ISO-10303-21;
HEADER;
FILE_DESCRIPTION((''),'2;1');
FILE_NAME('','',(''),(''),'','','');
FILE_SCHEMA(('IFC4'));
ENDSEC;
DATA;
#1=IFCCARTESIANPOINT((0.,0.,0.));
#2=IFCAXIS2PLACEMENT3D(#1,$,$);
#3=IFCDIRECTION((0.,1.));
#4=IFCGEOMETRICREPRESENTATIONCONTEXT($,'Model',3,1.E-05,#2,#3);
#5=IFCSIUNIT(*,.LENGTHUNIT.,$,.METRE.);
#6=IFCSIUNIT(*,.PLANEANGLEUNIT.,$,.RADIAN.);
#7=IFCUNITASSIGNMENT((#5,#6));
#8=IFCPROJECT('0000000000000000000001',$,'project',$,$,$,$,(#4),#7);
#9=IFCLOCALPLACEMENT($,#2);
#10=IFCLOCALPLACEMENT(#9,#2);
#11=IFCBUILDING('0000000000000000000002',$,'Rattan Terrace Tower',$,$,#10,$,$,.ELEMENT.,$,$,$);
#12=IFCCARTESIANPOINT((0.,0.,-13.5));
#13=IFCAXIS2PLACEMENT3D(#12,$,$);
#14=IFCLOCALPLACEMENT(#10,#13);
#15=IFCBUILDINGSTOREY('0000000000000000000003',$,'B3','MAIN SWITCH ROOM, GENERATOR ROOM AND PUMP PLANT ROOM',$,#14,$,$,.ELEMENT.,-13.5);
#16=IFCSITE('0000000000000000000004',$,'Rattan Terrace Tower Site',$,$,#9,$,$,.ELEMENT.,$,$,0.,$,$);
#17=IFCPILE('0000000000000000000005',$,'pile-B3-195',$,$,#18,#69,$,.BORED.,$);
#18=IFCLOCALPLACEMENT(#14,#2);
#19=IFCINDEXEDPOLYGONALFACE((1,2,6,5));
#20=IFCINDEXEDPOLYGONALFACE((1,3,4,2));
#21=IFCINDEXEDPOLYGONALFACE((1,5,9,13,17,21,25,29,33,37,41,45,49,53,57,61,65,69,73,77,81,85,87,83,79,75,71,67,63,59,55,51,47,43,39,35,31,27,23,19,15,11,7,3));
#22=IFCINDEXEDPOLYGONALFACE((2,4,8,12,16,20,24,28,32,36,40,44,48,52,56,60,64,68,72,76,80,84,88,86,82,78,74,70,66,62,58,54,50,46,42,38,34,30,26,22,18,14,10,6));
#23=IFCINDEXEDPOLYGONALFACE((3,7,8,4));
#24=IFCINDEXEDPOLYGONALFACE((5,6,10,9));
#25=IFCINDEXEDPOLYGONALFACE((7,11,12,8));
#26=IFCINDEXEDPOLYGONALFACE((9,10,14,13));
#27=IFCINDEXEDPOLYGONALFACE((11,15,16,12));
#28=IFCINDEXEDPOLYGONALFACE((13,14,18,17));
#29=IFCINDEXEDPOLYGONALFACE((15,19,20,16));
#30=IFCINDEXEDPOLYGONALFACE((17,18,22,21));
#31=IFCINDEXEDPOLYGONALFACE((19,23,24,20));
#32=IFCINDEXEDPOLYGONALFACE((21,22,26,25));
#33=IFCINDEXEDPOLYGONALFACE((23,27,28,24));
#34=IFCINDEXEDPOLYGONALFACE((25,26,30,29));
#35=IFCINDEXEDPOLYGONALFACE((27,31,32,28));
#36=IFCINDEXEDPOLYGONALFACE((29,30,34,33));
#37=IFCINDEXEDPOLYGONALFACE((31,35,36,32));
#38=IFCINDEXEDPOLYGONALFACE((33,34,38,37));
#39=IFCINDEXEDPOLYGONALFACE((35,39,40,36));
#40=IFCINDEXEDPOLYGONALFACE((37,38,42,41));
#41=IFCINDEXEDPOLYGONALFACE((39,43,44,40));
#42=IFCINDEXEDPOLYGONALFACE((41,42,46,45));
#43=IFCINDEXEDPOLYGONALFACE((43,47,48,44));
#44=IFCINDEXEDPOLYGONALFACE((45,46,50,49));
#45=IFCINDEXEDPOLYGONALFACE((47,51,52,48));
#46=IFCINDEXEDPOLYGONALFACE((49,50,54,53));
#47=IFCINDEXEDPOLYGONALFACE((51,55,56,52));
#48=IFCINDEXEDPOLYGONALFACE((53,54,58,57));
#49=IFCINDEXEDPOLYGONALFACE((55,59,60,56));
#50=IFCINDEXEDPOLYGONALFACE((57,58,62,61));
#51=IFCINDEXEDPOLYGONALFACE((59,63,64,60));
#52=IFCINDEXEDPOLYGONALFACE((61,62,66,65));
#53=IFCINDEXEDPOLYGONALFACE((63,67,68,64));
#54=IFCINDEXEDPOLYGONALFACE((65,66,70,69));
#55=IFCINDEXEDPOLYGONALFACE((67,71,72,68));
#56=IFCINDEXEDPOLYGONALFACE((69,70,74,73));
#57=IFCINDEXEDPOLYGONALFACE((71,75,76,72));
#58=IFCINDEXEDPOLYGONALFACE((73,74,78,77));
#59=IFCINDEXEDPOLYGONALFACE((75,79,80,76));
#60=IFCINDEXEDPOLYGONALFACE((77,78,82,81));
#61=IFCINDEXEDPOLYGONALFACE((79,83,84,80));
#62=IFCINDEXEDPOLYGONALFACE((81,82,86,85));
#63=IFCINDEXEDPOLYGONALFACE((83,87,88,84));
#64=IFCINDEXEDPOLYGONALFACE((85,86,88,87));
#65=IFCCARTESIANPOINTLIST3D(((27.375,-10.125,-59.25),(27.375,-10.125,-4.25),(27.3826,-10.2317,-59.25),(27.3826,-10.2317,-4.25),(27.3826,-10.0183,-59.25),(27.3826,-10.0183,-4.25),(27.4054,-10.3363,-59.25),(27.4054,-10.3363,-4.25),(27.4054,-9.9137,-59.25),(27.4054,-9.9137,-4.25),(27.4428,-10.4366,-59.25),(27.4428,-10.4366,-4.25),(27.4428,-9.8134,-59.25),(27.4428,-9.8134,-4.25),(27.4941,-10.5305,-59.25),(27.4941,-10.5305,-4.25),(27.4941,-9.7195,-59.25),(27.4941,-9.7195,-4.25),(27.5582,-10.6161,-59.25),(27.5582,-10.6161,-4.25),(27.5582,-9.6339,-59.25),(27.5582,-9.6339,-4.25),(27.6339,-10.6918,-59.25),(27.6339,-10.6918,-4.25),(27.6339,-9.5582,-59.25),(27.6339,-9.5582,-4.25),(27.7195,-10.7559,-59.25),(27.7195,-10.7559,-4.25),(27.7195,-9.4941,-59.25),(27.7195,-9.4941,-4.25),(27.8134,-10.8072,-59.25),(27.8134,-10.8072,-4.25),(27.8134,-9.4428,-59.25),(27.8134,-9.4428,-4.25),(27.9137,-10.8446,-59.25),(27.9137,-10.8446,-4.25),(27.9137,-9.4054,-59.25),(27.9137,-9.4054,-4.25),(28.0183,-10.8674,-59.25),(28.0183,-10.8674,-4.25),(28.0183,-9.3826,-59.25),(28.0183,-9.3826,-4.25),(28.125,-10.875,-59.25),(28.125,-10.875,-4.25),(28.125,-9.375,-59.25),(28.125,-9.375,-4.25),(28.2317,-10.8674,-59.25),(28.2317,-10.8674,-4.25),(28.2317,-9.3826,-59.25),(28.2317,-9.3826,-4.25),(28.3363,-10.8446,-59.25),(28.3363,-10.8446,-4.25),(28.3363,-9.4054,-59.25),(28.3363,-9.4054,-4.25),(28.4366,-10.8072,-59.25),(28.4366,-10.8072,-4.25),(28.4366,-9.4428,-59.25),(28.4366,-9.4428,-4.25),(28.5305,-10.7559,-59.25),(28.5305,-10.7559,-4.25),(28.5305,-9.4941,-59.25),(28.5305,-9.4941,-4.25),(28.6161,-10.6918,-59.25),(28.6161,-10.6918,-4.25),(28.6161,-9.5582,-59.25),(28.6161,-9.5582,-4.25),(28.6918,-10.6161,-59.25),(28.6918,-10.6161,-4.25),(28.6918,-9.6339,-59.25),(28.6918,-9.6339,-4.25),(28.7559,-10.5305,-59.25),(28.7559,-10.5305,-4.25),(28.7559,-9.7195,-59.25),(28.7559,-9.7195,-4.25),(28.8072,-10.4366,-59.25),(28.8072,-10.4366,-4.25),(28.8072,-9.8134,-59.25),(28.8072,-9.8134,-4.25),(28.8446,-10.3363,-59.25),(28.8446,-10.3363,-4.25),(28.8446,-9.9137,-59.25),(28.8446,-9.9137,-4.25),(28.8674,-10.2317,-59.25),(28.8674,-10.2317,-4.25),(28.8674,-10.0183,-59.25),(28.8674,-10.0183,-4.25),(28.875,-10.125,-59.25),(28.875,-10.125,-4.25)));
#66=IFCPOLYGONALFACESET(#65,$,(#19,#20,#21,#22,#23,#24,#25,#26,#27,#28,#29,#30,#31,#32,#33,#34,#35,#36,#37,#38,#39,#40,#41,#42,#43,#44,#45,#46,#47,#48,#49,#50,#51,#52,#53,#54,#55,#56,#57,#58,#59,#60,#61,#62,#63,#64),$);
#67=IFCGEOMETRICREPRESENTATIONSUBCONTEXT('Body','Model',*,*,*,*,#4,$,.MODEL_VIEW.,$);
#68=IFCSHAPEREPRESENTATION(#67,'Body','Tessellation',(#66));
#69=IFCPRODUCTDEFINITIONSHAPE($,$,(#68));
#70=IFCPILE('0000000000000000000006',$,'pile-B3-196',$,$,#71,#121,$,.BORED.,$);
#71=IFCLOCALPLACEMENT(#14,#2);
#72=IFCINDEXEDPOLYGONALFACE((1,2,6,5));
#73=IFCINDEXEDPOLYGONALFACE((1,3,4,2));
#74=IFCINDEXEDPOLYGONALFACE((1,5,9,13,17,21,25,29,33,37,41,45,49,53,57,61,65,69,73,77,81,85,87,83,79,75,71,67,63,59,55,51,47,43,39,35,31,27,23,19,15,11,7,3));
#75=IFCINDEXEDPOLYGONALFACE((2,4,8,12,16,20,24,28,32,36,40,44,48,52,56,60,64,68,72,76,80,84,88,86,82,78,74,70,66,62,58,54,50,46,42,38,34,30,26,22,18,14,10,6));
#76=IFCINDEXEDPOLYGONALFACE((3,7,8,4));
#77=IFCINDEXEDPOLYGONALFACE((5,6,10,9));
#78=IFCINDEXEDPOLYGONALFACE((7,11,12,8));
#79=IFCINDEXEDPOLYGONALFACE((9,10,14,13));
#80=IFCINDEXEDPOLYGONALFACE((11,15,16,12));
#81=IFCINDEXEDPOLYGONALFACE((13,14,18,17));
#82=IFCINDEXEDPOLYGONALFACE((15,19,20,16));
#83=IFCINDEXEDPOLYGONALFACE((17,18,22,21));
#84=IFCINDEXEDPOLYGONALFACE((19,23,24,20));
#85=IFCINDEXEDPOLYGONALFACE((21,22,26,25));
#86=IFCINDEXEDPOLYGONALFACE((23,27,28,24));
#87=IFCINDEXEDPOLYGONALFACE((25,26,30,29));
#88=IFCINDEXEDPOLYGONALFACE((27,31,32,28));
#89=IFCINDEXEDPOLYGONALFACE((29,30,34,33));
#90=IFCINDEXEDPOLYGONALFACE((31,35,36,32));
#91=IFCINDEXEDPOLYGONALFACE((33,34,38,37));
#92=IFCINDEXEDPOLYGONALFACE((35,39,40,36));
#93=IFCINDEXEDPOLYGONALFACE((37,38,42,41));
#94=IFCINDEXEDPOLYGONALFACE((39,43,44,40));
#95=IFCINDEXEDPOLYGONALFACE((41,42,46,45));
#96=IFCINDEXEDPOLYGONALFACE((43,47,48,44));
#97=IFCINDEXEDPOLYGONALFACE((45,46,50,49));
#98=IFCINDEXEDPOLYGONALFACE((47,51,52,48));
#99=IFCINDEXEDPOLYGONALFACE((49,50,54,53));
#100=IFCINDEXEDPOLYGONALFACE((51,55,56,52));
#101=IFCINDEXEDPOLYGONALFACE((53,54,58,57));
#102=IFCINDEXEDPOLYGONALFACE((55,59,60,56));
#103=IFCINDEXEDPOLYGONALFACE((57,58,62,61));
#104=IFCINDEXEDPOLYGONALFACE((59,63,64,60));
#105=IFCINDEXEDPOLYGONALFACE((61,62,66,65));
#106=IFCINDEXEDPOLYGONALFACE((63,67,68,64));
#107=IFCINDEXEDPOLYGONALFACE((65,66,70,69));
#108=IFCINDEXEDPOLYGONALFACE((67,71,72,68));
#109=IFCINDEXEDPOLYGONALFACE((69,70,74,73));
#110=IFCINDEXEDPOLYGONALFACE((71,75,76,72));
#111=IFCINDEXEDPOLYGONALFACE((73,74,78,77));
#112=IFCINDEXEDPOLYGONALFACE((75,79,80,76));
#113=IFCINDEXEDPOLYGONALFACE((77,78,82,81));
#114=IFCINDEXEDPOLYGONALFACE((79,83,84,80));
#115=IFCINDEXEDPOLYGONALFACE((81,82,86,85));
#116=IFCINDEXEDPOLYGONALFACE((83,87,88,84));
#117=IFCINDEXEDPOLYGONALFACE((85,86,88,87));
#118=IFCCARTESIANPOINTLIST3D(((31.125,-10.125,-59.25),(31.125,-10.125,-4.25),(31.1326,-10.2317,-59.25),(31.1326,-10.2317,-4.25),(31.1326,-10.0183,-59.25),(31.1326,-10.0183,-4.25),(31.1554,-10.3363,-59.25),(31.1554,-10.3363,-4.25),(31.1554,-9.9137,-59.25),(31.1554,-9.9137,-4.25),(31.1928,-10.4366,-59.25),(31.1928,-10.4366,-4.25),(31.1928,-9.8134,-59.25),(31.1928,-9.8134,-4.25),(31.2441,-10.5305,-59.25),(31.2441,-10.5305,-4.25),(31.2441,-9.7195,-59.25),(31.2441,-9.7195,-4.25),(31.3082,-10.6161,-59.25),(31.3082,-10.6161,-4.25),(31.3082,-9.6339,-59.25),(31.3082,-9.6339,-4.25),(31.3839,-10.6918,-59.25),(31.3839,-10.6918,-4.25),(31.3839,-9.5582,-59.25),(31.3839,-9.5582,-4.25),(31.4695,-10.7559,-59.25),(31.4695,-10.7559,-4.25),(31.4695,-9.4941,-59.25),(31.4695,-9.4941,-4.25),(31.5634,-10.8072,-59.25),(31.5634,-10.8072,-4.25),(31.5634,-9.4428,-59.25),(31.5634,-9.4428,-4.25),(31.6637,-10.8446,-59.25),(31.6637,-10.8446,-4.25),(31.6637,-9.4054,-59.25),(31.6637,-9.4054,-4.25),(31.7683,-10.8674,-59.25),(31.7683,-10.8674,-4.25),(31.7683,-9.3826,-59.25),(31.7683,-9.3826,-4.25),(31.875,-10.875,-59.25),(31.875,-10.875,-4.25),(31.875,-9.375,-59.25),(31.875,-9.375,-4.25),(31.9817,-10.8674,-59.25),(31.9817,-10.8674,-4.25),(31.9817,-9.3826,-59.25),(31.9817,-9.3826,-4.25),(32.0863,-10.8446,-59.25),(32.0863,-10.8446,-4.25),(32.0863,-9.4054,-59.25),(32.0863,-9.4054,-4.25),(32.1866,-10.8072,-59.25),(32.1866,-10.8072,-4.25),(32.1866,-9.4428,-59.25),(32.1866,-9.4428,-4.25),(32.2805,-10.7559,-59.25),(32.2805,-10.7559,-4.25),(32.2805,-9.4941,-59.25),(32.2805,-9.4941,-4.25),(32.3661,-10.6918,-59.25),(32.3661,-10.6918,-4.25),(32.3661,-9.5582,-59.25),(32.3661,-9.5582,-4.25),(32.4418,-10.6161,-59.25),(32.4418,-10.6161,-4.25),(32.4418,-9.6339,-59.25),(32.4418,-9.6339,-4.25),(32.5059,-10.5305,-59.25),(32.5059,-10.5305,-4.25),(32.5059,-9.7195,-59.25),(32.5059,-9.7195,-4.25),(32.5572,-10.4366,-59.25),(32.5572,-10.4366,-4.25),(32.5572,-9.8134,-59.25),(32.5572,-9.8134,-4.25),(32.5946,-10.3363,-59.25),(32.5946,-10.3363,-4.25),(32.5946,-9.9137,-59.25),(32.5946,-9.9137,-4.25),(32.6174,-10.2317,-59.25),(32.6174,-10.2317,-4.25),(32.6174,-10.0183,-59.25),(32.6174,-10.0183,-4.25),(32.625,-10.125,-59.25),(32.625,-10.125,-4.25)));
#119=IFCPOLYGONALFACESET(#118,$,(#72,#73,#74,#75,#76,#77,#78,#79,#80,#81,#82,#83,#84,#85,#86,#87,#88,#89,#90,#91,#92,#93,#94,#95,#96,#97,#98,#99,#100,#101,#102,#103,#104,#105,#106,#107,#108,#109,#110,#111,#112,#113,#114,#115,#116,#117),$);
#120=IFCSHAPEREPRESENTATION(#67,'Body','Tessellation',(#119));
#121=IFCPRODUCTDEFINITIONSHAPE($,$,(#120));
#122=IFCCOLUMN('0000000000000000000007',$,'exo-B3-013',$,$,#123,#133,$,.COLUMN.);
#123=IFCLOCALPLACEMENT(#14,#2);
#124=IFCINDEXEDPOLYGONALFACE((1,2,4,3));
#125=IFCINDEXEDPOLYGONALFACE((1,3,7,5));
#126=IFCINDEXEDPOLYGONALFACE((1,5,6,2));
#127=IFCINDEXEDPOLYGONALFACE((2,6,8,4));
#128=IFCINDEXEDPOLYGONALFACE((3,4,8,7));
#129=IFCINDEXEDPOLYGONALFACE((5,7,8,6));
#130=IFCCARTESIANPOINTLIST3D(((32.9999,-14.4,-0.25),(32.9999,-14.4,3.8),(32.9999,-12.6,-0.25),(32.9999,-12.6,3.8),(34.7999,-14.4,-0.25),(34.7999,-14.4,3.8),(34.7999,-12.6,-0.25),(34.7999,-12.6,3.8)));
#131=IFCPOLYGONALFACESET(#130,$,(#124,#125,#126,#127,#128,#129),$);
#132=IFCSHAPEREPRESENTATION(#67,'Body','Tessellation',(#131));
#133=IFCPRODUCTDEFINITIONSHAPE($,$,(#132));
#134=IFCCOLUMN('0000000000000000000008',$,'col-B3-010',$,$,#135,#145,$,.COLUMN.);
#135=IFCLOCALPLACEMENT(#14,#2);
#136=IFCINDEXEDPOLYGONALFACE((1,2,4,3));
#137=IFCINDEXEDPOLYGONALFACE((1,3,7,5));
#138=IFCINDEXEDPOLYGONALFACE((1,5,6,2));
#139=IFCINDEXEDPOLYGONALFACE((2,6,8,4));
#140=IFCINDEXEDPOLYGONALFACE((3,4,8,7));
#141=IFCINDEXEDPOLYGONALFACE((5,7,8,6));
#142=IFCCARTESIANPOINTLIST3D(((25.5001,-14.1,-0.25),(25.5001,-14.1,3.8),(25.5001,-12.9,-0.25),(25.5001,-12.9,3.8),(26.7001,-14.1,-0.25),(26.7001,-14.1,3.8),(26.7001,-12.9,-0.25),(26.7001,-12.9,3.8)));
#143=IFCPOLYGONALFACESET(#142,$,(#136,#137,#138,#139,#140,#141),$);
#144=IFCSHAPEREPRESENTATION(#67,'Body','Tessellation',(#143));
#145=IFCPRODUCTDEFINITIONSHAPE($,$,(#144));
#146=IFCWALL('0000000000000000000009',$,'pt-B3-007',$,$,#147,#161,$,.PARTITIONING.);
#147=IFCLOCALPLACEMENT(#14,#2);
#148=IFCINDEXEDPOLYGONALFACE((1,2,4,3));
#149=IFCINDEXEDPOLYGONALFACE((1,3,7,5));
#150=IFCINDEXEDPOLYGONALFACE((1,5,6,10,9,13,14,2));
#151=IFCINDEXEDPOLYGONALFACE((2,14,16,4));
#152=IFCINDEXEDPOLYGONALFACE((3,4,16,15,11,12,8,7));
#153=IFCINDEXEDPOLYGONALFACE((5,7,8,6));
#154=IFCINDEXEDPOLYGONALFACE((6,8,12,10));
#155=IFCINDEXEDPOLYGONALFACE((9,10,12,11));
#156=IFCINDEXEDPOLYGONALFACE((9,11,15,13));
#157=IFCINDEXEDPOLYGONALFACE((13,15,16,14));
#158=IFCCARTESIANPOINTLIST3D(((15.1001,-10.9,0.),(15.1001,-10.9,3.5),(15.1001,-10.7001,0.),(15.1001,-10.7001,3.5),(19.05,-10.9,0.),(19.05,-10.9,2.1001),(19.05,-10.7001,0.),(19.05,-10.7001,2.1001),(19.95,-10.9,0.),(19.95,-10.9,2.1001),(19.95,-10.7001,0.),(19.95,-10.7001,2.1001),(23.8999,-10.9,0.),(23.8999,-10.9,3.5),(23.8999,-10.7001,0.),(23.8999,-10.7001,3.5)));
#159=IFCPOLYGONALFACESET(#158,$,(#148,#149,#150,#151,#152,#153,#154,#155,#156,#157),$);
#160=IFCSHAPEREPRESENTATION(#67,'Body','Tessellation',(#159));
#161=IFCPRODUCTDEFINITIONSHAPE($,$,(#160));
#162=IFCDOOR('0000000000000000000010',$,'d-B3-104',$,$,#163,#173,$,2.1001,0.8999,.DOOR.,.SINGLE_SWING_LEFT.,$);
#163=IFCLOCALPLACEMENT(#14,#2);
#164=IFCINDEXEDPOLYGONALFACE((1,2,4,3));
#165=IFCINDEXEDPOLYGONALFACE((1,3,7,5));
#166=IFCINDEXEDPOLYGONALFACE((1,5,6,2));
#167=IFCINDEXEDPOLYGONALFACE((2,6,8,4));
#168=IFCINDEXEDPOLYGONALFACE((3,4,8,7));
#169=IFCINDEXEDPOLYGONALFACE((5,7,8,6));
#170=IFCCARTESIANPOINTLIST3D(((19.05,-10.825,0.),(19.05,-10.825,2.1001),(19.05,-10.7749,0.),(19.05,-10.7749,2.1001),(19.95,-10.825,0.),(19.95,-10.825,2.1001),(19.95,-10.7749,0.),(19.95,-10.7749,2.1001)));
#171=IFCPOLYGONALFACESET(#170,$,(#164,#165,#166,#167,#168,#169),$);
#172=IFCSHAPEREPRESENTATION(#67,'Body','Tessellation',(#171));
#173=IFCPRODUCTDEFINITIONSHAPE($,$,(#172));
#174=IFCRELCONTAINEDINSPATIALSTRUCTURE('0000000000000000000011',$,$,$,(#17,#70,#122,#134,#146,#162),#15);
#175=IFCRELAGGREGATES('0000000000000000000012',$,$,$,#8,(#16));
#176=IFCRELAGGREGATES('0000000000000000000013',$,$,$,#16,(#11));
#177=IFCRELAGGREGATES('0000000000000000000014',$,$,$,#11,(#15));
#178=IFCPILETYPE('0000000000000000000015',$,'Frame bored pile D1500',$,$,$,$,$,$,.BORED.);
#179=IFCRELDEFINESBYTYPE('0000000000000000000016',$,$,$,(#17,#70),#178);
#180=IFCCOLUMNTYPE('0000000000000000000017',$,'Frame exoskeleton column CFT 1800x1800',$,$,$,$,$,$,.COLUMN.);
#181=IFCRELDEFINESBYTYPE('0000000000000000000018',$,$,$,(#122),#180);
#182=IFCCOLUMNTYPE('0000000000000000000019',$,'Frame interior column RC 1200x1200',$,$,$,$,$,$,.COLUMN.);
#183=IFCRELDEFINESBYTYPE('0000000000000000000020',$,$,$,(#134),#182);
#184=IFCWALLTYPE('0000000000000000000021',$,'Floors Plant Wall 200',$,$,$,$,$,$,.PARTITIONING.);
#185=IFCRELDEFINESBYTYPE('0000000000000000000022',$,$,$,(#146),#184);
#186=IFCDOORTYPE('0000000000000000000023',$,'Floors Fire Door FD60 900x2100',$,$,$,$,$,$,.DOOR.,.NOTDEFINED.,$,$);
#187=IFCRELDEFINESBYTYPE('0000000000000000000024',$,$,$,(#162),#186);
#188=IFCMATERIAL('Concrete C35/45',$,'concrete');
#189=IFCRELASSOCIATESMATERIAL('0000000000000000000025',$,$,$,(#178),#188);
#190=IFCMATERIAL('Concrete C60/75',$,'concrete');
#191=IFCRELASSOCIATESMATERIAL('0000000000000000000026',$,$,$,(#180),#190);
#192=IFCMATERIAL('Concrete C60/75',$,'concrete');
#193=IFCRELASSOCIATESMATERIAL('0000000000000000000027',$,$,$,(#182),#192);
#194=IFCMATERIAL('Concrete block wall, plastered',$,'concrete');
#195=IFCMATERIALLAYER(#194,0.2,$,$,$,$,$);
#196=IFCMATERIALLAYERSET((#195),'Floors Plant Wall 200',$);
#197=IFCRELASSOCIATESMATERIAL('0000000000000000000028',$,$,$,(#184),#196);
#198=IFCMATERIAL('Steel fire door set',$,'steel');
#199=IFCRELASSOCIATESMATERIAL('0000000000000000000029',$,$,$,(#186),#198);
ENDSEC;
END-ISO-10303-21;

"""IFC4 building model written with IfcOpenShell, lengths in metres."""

from ifc_helpers import new_model, si_unit, direction, frame, frame_2d, origin, origin_2d, place, context, subcontext, project, spatial, rectangle, circle, extrude, material, layer, layer_set, material_profile, profile_set, type_object, element, fill, save


model = new_model("IFC4")

# Units and contexts
model_context = context("Model", 3, precision=1e-05, world=origin(), true_north=direction((0.0, 1.0)))
body_context = subcontext(model_context, "Body", "Model", "MODEL_VIEW")
ifc_project = project(units=[si_unit("LENGTHUNIT", "METRE"), si_unit("PLANEANGLEUNIT", "RADIAN")], contexts=[model_context])

# Site, building, storey
site_placement = place(None, origin())
site = spatial("IfcSite", under=ifc_project, at=site_placement, Name="Rattan Terrace Tower Site", CompositionType="ELEMENT", RefElevation=0.0)
building_placement = place(site_placement, origin())
building = spatial("IfcBuilding", under=site, at=building_placement, Name="Rattan Terrace Tower", CompositionType="ELEMENT")
storey_placement = place(building_placement, frame((0.0, 0.0, -13.5)))
storey = spatial("IfcBuildingStorey", under=building, at=storey_placement, Name="B3", Description="MAIN SWITCH ROOM, GENERATOR ROOM AND PUMP PLANT ROOM", CompositionType="ELEMENT", Elevation=-13.5)

# Piles
ifc_material_1 = material(Name="Concrete C35/45", Category="concrete")
ifc_material_profile_1 = material_profile(ifc_material_1, circle(Radius=0.75, at=origin_2d()), Name="PILE D1500")
ifc_profile_set_1 = profile_set([ifc_material_profile_1], Name="Concrete C35/45")
pile_type = type_object("IfcPileType", Name="Frame bored pile D1500", PredefinedType="BORED", material=ifc_profile_set_1)
for number, where, z_axis, x_axis, name in (
    (1, (28.125, -10.125, -4.25), (0.0, 0.0, -1.0), (1.0, 0.0, 0.0), "pile-B3-195"),
    (2, (31.875, -10.125, -4.25), (0.0, 0.0, -1.0), (1.0, 0.0, 0.0), "pile-B3-196"),
):
    element("IfcPile", number, at=place(storey_placement, frame(where, z_axis=z_axis, x_axis=x_axis)), inside=storey, type_object=pile_type, Name=name, PredefinedType="BORED", context=body_context, shape_type="SweptSolid", body=[
        extrude(circle(Radius=0.75, at=origin_2d()), origin(), (0.0, 0.0, 1.0), 55.0),
    ])

# Columns
ifc_material_2 = material(Name="Concrete C60/75", Category="concrete")
ifc_material_profile_2 = material_profile(ifc_material_2, rectangle(XDim=1.8, YDim=1.8, at=origin_2d()), Name="CFT 1800x1800")
ifc_profile_set_2 = profile_set([ifc_material_profile_2], Name="Concrete C60/75")
column_type_1 = type_object("IfcColumnType", Name="Frame exoskeleton column CFT 1800x1800", PredefinedType="COLUMN", material=ifc_profile_set_2)
column_1_placement = place(storey_placement, frame((33.8999, -13.5, -0.25), z_axis=(0.0, 0.0, 1.0), x_axis=(0.0, 1.0, 0.0)))
element("IfcColumn", 3, at=column_1_placement, inside=storey, type_object=column_type_1, Name="exo-B3-013", PredefinedType="COLUMN", context=body_context, shape_type="SweptSolid", body=[
    extrude(rectangle(XDim=1.8, YDim=1.8, at=origin_2d()), origin(), (0.0, 0.0, 1.0), 4.05),
])
ifc_material_3 = material(Name="Concrete C60/75", Category="concrete")
ifc_material_profile_3 = material_profile(ifc_material_3, rectangle(XDim=1.2, YDim=1.2, at=origin_2d()), Name="RC 1200x1200")
ifc_profile_set_3 = profile_set([ifc_material_profile_3], Name="Concrete C60/75")
column_type_2 = type_object("IfcColumnType", Name="Frame interior column RC 1200x1200", PredefinedType="COLUMN", material=ifc_profile_set_3)
column_2_placement = place(storey_placement, frame((26.1001, -13.5, -0.25), z_axis=(0.0, 0.0, 1.0), x_axis=(1.0, 0.0, 0.0)))
element("IfcColumn", 4, at=column_2_placement, inside=storey, type_object=column_type_2, Name="col-B3-010", PredefinedType="COLUMN", context=body_context, shape_type="SweptSolid", body=[
    extrude(rectangle(XDim=1.2, YDim=1.2, at=origin_2d()), origin(), (0.0, 0.0, 1.0), 4.05),
])

# Wall, opening, door
ifc_material_4 = material(Name="Concrete block wall, plastered", Category="concrete")
ifc_layer_1 = layer(ifc_material_4, 0.2)
ifc_layer_set_1 = layer_set([ifc_layer_1], Name="Floors Plant Wall 200")
wall_type_1 = type_object("IfcWallType", Name="Floors Plant Wall 200", PredefinedType="PARTITIONING", material=ifc_layer_set_1)
wall_1_placement = place(storey_placement, frame((23.8999, -10.8, 0.0), z_axis=(0.0, 0.0, 1.0), x_axis=(-1.0, 0.0, 0.0)))
wall_1 = element("IfcWall", 5, at=wall_1_placement, inside=storey, type_object=wall_type_1, Name="pt-B3-007", PredefinedType="PARTITIONING", context=body_context, shape_type="SweptSolid", body=[
    extrude(rectangle(XDim=8.7998, YDim=0.2, at=frame_2d((4.3999, 0.0))), origin(), (0.0, 0.0, 1.0), 3.5),
])
opening_1_placement = place(wall_1_placement, frame((3.95, 0.0, 0.0)))
opening_1 = element("IfcOpeningElement", 6, at=opening_1_placement, cuts=wall_1, PredefinedType="OPENING", context=body_context, shape_type="SweptSolid", body=[
    extrude(rectangle(XDim=0.8999, YDim=2.1001, at=frame_2d((0.45, 1.05))), frame((0.0, 0.1106, 0.0), z_axis=(0.0, -1.0, 0.0), x_axis=(1.0, 0.0, 0.0)), (0.0, 0.0, 1.0), 0.2209),
])
ifc_material_5 = material(Name="Steel fire door set", Category="steel")
door_type = type_object("IfcDoorType", Name="Floors Fire Door FD60 900x2100", OperationType="NOTDEFINED", PredefinedType="DOOR", material=ifc_material_5)
door_1_placement = place(opening_1_placement, origin())
door_1 = element("IfcDoor", 7, at=door_1_placement, inside=storey, type_object=door_type, Name="d-B3-104", OperationType="SINGLE_SWING_LEFT", OverallHeight=2.1001, OverallWidth=0.8999, PredefinedType="DOOR", context=body_context, shape_type="SweptSolid", body=[
    extrude(rectangle(XDim=0.8999, YDim=2.1001, at=frame_2d((0.45, 1.05))), frame((0.0, 0.0249, 0.0), z_axis=(0.0, -1.0, 0.0), x_axis=(1.0, 0.0, 0.0)), (0.0, 0.0, 1.0), 0.05),
])
fill(opening_1, door_1)

save(model, "model.ifc")
